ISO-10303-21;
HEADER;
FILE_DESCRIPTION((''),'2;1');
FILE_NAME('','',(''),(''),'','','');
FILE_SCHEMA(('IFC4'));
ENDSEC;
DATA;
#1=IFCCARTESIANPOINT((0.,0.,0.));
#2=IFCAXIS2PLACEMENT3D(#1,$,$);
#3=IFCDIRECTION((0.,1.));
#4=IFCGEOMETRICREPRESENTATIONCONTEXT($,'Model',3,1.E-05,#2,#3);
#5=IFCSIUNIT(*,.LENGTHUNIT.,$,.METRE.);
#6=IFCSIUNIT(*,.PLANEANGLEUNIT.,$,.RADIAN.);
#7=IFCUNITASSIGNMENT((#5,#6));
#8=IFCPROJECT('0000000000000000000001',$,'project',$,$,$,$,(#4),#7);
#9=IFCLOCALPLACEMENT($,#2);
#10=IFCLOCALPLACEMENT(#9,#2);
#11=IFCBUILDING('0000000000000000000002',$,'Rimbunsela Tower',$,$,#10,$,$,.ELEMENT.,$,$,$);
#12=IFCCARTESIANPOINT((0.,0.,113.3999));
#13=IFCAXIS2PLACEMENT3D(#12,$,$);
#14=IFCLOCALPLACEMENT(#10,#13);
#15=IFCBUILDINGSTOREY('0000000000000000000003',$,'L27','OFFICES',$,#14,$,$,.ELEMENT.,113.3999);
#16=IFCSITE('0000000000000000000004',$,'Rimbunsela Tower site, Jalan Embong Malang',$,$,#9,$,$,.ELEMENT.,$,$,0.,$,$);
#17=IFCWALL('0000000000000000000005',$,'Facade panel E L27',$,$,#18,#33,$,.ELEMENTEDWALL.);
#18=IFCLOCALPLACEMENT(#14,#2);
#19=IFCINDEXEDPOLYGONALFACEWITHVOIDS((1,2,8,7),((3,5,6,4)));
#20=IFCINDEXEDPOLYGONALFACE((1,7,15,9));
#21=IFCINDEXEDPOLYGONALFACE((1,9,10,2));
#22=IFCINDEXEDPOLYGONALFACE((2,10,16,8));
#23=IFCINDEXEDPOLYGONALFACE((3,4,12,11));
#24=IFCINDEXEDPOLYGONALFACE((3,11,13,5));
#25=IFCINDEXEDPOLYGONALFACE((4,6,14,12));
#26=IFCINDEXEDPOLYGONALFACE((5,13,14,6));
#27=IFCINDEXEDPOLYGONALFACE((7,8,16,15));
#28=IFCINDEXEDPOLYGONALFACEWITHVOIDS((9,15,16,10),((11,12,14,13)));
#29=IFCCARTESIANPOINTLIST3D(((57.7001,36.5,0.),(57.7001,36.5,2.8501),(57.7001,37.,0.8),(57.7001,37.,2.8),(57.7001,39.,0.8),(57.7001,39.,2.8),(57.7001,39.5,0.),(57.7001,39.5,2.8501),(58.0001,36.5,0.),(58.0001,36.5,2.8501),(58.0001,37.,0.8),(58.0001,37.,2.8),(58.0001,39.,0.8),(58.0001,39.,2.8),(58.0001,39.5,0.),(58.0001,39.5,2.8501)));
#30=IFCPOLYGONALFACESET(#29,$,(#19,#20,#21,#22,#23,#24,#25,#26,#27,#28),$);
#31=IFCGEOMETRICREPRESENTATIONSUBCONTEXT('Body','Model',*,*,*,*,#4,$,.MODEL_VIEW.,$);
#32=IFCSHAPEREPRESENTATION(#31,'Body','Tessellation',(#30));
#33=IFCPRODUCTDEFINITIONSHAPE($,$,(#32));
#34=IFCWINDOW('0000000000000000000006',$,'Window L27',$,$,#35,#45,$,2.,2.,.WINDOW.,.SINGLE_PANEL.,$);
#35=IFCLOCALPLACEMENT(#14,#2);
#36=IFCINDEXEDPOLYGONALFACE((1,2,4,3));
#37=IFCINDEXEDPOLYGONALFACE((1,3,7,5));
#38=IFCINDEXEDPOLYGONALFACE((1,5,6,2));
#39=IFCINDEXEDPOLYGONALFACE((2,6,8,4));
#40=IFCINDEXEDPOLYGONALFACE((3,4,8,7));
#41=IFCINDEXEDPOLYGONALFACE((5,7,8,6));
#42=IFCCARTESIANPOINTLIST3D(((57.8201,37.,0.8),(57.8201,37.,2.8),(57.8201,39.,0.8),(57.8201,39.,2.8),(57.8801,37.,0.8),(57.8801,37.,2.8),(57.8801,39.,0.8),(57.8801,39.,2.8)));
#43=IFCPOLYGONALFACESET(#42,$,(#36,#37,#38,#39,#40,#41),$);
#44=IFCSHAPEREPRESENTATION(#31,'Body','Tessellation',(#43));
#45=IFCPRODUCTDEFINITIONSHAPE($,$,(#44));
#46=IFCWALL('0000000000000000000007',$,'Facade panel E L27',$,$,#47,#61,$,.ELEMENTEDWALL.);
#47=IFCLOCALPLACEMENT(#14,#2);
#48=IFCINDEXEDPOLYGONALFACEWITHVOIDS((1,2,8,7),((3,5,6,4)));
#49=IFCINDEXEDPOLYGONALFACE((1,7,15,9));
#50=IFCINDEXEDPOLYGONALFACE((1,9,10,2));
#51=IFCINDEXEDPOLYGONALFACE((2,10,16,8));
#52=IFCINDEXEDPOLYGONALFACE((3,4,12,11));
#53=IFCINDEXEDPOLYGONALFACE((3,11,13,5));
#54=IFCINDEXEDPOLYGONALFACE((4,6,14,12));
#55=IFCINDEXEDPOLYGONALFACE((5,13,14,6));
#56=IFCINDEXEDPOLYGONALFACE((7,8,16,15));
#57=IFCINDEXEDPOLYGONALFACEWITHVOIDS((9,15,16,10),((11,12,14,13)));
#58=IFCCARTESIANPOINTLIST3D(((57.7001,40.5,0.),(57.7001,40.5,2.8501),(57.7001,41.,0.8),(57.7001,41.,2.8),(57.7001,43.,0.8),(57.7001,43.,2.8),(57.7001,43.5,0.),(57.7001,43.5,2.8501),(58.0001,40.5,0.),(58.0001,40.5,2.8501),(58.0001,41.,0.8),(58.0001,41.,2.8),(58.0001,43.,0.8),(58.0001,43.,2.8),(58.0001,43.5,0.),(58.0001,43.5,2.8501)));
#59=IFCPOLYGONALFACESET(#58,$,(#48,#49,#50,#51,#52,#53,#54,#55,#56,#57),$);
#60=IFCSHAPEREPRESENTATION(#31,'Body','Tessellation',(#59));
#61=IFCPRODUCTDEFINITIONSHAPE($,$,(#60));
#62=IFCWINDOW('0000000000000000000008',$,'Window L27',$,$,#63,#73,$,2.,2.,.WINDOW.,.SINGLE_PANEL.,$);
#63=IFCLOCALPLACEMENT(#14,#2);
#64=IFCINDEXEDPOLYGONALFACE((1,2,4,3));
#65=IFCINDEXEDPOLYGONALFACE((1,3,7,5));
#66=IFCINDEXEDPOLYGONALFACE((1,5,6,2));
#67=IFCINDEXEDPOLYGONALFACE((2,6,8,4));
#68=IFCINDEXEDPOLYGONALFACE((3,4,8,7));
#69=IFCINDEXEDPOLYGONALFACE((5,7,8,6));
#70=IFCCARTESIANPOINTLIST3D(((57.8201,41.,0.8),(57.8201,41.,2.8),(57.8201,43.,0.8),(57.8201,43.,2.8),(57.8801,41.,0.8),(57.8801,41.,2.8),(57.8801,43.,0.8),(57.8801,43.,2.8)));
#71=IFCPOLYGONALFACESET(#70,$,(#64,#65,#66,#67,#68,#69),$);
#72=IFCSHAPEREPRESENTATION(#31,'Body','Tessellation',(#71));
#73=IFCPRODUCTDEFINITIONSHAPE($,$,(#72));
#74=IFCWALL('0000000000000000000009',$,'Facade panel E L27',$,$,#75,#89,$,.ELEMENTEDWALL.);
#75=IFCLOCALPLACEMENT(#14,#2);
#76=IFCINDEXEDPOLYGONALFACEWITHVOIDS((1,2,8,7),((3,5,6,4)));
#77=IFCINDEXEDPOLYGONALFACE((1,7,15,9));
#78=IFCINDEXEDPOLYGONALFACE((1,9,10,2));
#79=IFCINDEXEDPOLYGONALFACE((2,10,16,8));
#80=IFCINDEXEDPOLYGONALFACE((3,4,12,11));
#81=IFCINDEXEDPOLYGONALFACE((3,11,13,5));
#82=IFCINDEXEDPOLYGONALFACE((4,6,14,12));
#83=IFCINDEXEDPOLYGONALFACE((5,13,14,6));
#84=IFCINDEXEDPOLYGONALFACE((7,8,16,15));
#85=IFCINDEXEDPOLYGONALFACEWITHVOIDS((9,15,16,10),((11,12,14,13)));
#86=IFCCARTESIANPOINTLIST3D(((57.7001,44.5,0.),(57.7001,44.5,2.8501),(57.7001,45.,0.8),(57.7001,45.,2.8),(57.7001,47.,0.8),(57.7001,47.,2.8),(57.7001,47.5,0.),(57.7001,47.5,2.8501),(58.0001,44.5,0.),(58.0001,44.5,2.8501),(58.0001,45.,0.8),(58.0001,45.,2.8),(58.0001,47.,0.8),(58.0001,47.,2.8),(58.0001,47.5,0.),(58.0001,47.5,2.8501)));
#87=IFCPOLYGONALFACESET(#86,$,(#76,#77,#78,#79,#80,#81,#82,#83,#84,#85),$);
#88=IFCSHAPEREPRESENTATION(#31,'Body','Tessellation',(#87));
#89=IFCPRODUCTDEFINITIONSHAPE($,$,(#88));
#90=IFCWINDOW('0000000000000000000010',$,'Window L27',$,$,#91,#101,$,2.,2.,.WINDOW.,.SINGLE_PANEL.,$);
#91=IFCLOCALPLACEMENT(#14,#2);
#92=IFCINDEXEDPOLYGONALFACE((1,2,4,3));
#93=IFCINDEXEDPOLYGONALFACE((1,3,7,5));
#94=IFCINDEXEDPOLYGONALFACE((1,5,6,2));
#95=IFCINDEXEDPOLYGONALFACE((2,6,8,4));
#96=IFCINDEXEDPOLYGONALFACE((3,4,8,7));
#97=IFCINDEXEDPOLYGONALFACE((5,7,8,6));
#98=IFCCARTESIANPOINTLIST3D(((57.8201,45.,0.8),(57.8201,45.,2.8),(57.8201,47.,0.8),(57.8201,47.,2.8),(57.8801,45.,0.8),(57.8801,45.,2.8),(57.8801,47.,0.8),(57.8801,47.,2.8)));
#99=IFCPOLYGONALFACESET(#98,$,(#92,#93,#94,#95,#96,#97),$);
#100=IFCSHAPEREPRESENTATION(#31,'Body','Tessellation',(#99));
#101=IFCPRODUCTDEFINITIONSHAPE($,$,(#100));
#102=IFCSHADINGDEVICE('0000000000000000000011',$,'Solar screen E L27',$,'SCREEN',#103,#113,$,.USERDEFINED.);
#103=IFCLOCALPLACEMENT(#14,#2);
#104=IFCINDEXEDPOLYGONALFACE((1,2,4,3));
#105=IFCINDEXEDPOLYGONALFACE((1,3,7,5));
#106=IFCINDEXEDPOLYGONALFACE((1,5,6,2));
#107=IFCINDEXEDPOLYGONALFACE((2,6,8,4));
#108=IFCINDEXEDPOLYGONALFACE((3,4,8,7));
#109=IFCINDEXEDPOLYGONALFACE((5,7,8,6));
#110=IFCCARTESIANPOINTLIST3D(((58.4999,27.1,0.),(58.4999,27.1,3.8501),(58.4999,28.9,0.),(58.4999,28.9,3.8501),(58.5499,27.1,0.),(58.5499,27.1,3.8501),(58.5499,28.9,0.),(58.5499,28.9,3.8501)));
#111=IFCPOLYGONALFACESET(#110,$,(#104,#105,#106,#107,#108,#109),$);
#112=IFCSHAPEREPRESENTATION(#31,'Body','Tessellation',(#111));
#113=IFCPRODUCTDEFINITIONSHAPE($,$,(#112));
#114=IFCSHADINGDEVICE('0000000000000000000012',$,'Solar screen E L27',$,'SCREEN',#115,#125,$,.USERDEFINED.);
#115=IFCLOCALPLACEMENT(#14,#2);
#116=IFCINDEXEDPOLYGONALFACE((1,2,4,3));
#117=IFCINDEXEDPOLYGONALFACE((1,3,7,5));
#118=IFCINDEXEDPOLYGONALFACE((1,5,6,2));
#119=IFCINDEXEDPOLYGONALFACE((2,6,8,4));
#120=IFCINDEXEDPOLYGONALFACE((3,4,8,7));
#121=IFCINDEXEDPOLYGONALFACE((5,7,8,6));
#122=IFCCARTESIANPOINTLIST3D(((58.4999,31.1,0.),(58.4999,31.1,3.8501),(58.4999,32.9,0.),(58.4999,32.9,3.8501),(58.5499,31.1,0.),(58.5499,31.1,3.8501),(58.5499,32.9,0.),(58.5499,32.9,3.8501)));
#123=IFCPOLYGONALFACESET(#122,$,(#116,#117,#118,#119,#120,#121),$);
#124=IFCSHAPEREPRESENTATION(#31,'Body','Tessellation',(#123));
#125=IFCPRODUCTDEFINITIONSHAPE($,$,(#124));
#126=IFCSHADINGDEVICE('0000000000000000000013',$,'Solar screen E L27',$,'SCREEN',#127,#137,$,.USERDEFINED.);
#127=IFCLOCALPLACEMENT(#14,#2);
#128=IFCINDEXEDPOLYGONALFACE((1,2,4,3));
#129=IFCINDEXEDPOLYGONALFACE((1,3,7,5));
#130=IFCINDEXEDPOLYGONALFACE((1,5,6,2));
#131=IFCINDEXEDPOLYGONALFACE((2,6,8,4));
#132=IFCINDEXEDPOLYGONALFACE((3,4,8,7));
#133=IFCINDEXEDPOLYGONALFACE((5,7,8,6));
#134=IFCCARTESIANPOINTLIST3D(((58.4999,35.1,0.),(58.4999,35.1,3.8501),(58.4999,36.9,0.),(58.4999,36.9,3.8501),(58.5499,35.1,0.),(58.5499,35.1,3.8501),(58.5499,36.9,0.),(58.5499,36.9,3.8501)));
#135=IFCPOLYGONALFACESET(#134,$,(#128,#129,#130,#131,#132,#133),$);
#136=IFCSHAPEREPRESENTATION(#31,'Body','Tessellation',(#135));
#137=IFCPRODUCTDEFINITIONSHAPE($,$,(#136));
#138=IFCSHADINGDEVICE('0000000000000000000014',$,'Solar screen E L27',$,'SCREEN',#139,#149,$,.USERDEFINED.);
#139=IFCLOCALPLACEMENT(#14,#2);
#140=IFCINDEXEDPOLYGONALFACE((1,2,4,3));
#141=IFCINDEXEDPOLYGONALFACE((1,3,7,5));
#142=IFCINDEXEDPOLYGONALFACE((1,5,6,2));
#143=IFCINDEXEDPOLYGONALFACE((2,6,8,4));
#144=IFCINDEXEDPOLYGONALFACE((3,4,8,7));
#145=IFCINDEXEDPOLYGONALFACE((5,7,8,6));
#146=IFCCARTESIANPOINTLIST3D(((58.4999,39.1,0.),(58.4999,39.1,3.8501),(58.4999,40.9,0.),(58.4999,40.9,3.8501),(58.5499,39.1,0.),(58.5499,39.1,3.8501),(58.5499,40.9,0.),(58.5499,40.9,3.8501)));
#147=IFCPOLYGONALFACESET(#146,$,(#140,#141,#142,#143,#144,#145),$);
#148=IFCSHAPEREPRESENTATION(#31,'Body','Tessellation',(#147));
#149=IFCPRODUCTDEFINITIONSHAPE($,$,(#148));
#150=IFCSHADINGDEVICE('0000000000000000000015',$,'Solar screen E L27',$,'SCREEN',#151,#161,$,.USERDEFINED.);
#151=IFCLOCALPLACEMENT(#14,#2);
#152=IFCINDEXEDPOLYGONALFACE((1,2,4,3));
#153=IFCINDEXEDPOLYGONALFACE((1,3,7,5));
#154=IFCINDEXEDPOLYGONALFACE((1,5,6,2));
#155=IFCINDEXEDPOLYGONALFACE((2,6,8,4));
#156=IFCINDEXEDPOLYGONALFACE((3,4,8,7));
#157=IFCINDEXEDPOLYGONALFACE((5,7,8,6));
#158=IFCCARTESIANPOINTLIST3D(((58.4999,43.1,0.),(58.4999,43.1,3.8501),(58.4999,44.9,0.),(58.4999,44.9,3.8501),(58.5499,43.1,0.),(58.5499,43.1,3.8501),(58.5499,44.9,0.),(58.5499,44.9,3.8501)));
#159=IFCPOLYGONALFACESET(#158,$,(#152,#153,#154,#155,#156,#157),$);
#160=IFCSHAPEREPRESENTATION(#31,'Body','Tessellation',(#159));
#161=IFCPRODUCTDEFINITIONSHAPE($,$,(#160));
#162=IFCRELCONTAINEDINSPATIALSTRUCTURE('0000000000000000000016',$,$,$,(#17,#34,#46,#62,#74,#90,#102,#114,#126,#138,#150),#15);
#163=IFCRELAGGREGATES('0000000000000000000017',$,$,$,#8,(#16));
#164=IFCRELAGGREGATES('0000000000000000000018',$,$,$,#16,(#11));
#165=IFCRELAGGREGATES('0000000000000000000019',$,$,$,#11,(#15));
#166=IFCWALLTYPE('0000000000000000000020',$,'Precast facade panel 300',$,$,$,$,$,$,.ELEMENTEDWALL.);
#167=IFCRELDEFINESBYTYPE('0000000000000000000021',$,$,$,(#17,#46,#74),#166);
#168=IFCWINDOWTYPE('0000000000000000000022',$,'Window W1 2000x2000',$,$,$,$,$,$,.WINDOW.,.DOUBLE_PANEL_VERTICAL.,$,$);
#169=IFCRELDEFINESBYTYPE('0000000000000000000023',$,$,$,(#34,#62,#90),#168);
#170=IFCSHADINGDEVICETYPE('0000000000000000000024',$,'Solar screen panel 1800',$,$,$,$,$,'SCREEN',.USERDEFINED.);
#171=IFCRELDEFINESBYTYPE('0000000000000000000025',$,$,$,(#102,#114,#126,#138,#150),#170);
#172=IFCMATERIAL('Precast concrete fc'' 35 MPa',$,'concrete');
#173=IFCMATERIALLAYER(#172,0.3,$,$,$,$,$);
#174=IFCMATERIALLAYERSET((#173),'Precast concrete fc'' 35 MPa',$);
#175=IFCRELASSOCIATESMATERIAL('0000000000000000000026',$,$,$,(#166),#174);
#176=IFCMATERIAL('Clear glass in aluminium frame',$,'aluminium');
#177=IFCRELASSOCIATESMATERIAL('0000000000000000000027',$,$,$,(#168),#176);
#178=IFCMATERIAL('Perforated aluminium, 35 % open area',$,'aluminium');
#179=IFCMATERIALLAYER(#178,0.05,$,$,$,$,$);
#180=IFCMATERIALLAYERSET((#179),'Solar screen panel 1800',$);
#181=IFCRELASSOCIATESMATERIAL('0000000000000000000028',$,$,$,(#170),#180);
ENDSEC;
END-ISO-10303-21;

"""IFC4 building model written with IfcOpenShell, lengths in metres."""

from ifc_helpers import new_model, si_unit, direction, frame, frame_2d, origin, origin_2d, place, context, subcontext, project, spatial, rectangle, extrude, material, layer, layer_set, type_object, element, fill, save


model = new_model("IFC4")

# Units and contexts
model_context = context("Model", 3, precision=1e-05, world=origin(), true_north=direction((0.0, 1.0)))
body_context = subcontext(model_context, "Body", "Model", "MODEL_VIEW")
ifc_project = project(units=[si_unit("LENGTHUNIT", "METRE"), si_unit("PLANEANGLEUNIT", "RADIAN")], contexts=[model_context])

# Site, building, storey
site_placement = place(None, origin())
site = spatial("IfcSite", under=ifc_project, at=site_placement, Name="Rimbunsela Tower site, Jalan Embong Malang", CompositionType="ELEMENT", RefElevation=0.0)
building_placement = place(site_placement, origin())
building = spatial("IfcBuilding", under=site, at=building_placement, Name="Rimbunsela Tower", CompositionType="ELEMENT")
storey_placement = place(building_placement, frame((0.0, 0.0, 113.3999)))
storey = spatial("IfcBuildingStorey", under=building, at=storey_placement, Name="L27", Description="OFFICES", CompositionType="ELEMENT", Elevation=113.3999)

# Walls, openings, windows
ifc_material_1 = material(Name="Precast concrete fc' 35 MPa", Category="concrete")
ifc_layer_1 = layer(ifc_material_1, 0.3)
ifc_layer_set_1 = layer_set([ifc_layer_1], Name="Precast concrete fc' 35 MPa")
wall_type_1 = type_object("IfcWallType", Name="Precast facade panel 300", PredefinedType="ELEMENTEDWALL", material=ifc_layer_set_1)
ifc_material_2 = material(Name="Clear glass in aluminium frame", Category="aluminium")
window_type = type_object("IfcWindowType", Name="Window W1 2000x2000", PartitioningType="DOUBLE_PANEL_VERTICAL", PredefinedType="WINDOW", material=ifc_material_2)
wall_1_placement = place(storey_placement, frame((57.8501, 36.5, 0.0), z_axis=(0.0, 0.0, 1.0), x_axis=(0.0, 1.0, 0.0)))
wall_1 = element("IfcWall", 1, at=wall_1_placement, inside=storey, type_object=wall_type_1, Name="Facade panel E L27", PredefinedType="ELEMENTEDWALL", context=body_context, shape_type="SweptSolid", body=[
    extrude(rectangle(XDim=3.0, YDim=0.3, at=frame_2d((1.5, 0.0))), origin(), (0.0, 0.0, 1.0), 2.8501),
])
opening_1_placement = place(wall_1_placement, frame((0.5, 0.0, 0.8)))
opening_1 = element("IfcOpeningElement", 2, at=opening_1_placement, cuts=wall_1, PredefinedType="OPENING", context=body_context, shape_type="SweptSolid", body=[
    extrude(rectangle(XDim=2.0, YDim=2.0, at=frame_2d((1.0, 1.0))), frame((0.0, 0.1599, 0.0), z_axis=(0.0, -1.0, 0.0), x_axis=(1.0, 0.0, 0.0)), (0.0, 0.0, 1.0), 0.3201),
])
window_1_placement = place(opening_1_placement, origin())
window_1 = element("IfcWindow", 3, at=window_1_placement, inside=storey, type_object=window_type, Name="Window L27", OverallHeight=2.0, OverallWidth=2.0, PartitioningType="SINGLE_PANEL", PredefinedType="WINDOW", context=body_context, shape_type="SweptSolid", body=[
    extrude(rectangle(XDim=2.0, YDim=2.0, at=frame_2d((1.0, 1.0))), frame((0.0, 0.03, 0.0), z_axis=(0.0, -1.0, 0.0), x_axis=(1.0, 0.0, 0.0)), (0.0, 0.0, 1.0), 0.0601),
])
fill(opening_1, window_1)
wall_2_placement = place(storey_placement, frame((57.8501, 40.5, 0.0), z_axis=(0.0, 0.0, 1.0), x_axis=(0.0, 1.0, 0.0)))
wall_2 = element("IfcWall", 4, at=wall_2_placement, inside=storey, type_object=wall_type_1, Name="Facade panel E L27", PredefinedType="ELEMENTEDWALL", context=body_context, shape_type="SweptSolid", body=[
    extrude(rectangle(XDim=3.0, YDim=0.3, at=frame_2d((1.5, 0.0))), origin(), (0.0, 0.0, 1.0), 2.8501),
])
opening_2_placement = place(wall_2_placement, frame((0.5, 0.0, 0.8)))
opening_2 = element("IfcOpeningElement", 5, at=opening_2_placement, cuts=wall_2, PredefinedType="OPENING", context=body_context, shape_type="SweptSolid", body=[
    extrude(rectangle(XDim=2.0, YDim=2.0, at=frame_2d((1.0, 1.0))), frame((0.0, 0.1599, 0.0), z_axis=(0.0, -1.0, 0.0), x_axis=(1.0, 0.0, 0.0)), (0.0, 0.0, 1.0), 0.3201),
])
window_2_placement = place(opening_2_placement, origin())
window_2 = element("IfcWindow", 6, at=window_2_placement, inside=storey, type_object=window_type, Name="Window L27", OverallHeight=2.0, OverallWidth=2.0, PartitioningType="SINGLE_PANEL", PredefinedType="WINDOW", context=body_context, shape_type="SweptSolid", body=[
    extrude(rectangle(XDim=2.0, YDim=2.0, at=frame_2d((1.0, 1.0))), frame((0.0, 0.03, 0.0), z_axis=(0.0, -1.0, 0.0), x_axis=(1.0, 0.0, 0.0)), (0.0, 0.0, 1.0), 0.0601),
])
fill(opening_2, window_2)
wall_3_placement = place(storey_placement, frame((57.8501, 44.5, 0.0), z_axis=(0.0, 0.0, 1.0), x_axis=(0.0, 1.0, 0.0)))
wall_3 = element("IfcWall", 7, at=wall_3_placement, inside=storey, type_object=wall_type_1, Name="Facade panel E L27", PredefinedType="ELEMENTEDWALL", context=body_context, shape_type="SweptSolid", body=[
    extrude(rectangle(XDim=3.0, YDim=0.3, at=frame_2d((1.5, 0.0))), origin(), (0.0, 0.0, 1.0), 2.8501),
])
opening_3_placement = place(wall_3_placement, frame((0.5, 0.0, 0.8)))
opening_3 = element("IfcOpeningElement", 8, at=opening_3_placement, cuts=wall_3, PredefinedType="OPENING", context=body_context, shape_type="SweptSolid", body=[
    extrude(rectangle(XDim=2.0, YDim=2.0, at=frame_2d((1.0, 1.0))), frame((0.0, 0.1599, 0.0), z_axis=(0.0, -1.0, 0.0), x_axis=(1.0, 0.0, 0.0)), (0.0, 0.0, 1.0), 0.3201),
])
window_3_placement = place(opening_3_placement, origin())
window_3 = element("IfcWindow", 9, at=window_3_placement, inside=storey, type_object=window_type, Name="Window L27", OverallHeight=2.0, OverallWidth=2.0, PartitioningType="SINGLE_PANEL", PredefinedType="WINDOW", context=body_context, shape_type="SweptSolid", body=[
    extrude(rectangle(XDim=2.0, YDim=2.0, at=frame_2d((1.0, 1.0))), frame((0.0, 0.03, 0.0), z_axis=(0.0, -1.0, 0.0), x_axis=(1.0, 0.0, 0.0)), (0.0, 0.0, 1.0), 0.0601),
])
fill(opening_3, window_3)

# Shading devices
ifc_material_3 = material(Name="Perforated aluminium, 35 % open area", Category="aluminium")
ifc_layer_2 = layer(ifc_material_3, 0.05)
ifc_layer_set_2 = layer_set([ifc_layer_2], Name="Solar screen panel 1800")
shading_device_type = type_object("IfcShadingDeviceType", Name="Solar screen panel 1800", ElementType="SCREEN", PredefinedType="USERDEFINED", material=ifc_layer_set_2)
for number, where, z_axis, x_axis, name in (
    (10, (58.5249, 28.0, 0.0), (0.0, 0.0, 1.0), (0.0, 1.0, 0.0), "Solar screen E L27"),
    (11, (58.5249, 32.0, 0.0), (0.0, 0.0, 1.0), (0.0, 1.0, 0.0), "Solar screen E L27"),
    (12, (58.5249, 36.0, 0.0), (0.0, 0.0, 1.0), (0.0, 1.0, 0.0), "Solar screen E L27"),
    (13, (58.5249, 40.0, 0.0), (0.0, 0.0, 1.0), (0.0, 1.0, 0.0), "Solar screen E L27"),
    (14, (58.5249, 44.0, 0.0), (0.0, 0.0, 1.0), (0.0, 1.0, 0.0), "Solar screen E L27"),
):
    element("IfcShadingDevice", number, at=place(storey_placement, frame(where, z_axis=z_axis, x_axis=x_axis)), inside=storey, type_object=shading_device_type, Name=name, ObjectType="SCREEN", PredefinedType="USERDEFINED", context=body_context, shape_type="SweptSolid", body=[
        extrude(rectangle(XDim=1.8, YDim=0.05, at=origin_2d()), origin(), (0.0, 0.0, 1.0), 3.8501),
    ])

save(model, "model.ifc")
